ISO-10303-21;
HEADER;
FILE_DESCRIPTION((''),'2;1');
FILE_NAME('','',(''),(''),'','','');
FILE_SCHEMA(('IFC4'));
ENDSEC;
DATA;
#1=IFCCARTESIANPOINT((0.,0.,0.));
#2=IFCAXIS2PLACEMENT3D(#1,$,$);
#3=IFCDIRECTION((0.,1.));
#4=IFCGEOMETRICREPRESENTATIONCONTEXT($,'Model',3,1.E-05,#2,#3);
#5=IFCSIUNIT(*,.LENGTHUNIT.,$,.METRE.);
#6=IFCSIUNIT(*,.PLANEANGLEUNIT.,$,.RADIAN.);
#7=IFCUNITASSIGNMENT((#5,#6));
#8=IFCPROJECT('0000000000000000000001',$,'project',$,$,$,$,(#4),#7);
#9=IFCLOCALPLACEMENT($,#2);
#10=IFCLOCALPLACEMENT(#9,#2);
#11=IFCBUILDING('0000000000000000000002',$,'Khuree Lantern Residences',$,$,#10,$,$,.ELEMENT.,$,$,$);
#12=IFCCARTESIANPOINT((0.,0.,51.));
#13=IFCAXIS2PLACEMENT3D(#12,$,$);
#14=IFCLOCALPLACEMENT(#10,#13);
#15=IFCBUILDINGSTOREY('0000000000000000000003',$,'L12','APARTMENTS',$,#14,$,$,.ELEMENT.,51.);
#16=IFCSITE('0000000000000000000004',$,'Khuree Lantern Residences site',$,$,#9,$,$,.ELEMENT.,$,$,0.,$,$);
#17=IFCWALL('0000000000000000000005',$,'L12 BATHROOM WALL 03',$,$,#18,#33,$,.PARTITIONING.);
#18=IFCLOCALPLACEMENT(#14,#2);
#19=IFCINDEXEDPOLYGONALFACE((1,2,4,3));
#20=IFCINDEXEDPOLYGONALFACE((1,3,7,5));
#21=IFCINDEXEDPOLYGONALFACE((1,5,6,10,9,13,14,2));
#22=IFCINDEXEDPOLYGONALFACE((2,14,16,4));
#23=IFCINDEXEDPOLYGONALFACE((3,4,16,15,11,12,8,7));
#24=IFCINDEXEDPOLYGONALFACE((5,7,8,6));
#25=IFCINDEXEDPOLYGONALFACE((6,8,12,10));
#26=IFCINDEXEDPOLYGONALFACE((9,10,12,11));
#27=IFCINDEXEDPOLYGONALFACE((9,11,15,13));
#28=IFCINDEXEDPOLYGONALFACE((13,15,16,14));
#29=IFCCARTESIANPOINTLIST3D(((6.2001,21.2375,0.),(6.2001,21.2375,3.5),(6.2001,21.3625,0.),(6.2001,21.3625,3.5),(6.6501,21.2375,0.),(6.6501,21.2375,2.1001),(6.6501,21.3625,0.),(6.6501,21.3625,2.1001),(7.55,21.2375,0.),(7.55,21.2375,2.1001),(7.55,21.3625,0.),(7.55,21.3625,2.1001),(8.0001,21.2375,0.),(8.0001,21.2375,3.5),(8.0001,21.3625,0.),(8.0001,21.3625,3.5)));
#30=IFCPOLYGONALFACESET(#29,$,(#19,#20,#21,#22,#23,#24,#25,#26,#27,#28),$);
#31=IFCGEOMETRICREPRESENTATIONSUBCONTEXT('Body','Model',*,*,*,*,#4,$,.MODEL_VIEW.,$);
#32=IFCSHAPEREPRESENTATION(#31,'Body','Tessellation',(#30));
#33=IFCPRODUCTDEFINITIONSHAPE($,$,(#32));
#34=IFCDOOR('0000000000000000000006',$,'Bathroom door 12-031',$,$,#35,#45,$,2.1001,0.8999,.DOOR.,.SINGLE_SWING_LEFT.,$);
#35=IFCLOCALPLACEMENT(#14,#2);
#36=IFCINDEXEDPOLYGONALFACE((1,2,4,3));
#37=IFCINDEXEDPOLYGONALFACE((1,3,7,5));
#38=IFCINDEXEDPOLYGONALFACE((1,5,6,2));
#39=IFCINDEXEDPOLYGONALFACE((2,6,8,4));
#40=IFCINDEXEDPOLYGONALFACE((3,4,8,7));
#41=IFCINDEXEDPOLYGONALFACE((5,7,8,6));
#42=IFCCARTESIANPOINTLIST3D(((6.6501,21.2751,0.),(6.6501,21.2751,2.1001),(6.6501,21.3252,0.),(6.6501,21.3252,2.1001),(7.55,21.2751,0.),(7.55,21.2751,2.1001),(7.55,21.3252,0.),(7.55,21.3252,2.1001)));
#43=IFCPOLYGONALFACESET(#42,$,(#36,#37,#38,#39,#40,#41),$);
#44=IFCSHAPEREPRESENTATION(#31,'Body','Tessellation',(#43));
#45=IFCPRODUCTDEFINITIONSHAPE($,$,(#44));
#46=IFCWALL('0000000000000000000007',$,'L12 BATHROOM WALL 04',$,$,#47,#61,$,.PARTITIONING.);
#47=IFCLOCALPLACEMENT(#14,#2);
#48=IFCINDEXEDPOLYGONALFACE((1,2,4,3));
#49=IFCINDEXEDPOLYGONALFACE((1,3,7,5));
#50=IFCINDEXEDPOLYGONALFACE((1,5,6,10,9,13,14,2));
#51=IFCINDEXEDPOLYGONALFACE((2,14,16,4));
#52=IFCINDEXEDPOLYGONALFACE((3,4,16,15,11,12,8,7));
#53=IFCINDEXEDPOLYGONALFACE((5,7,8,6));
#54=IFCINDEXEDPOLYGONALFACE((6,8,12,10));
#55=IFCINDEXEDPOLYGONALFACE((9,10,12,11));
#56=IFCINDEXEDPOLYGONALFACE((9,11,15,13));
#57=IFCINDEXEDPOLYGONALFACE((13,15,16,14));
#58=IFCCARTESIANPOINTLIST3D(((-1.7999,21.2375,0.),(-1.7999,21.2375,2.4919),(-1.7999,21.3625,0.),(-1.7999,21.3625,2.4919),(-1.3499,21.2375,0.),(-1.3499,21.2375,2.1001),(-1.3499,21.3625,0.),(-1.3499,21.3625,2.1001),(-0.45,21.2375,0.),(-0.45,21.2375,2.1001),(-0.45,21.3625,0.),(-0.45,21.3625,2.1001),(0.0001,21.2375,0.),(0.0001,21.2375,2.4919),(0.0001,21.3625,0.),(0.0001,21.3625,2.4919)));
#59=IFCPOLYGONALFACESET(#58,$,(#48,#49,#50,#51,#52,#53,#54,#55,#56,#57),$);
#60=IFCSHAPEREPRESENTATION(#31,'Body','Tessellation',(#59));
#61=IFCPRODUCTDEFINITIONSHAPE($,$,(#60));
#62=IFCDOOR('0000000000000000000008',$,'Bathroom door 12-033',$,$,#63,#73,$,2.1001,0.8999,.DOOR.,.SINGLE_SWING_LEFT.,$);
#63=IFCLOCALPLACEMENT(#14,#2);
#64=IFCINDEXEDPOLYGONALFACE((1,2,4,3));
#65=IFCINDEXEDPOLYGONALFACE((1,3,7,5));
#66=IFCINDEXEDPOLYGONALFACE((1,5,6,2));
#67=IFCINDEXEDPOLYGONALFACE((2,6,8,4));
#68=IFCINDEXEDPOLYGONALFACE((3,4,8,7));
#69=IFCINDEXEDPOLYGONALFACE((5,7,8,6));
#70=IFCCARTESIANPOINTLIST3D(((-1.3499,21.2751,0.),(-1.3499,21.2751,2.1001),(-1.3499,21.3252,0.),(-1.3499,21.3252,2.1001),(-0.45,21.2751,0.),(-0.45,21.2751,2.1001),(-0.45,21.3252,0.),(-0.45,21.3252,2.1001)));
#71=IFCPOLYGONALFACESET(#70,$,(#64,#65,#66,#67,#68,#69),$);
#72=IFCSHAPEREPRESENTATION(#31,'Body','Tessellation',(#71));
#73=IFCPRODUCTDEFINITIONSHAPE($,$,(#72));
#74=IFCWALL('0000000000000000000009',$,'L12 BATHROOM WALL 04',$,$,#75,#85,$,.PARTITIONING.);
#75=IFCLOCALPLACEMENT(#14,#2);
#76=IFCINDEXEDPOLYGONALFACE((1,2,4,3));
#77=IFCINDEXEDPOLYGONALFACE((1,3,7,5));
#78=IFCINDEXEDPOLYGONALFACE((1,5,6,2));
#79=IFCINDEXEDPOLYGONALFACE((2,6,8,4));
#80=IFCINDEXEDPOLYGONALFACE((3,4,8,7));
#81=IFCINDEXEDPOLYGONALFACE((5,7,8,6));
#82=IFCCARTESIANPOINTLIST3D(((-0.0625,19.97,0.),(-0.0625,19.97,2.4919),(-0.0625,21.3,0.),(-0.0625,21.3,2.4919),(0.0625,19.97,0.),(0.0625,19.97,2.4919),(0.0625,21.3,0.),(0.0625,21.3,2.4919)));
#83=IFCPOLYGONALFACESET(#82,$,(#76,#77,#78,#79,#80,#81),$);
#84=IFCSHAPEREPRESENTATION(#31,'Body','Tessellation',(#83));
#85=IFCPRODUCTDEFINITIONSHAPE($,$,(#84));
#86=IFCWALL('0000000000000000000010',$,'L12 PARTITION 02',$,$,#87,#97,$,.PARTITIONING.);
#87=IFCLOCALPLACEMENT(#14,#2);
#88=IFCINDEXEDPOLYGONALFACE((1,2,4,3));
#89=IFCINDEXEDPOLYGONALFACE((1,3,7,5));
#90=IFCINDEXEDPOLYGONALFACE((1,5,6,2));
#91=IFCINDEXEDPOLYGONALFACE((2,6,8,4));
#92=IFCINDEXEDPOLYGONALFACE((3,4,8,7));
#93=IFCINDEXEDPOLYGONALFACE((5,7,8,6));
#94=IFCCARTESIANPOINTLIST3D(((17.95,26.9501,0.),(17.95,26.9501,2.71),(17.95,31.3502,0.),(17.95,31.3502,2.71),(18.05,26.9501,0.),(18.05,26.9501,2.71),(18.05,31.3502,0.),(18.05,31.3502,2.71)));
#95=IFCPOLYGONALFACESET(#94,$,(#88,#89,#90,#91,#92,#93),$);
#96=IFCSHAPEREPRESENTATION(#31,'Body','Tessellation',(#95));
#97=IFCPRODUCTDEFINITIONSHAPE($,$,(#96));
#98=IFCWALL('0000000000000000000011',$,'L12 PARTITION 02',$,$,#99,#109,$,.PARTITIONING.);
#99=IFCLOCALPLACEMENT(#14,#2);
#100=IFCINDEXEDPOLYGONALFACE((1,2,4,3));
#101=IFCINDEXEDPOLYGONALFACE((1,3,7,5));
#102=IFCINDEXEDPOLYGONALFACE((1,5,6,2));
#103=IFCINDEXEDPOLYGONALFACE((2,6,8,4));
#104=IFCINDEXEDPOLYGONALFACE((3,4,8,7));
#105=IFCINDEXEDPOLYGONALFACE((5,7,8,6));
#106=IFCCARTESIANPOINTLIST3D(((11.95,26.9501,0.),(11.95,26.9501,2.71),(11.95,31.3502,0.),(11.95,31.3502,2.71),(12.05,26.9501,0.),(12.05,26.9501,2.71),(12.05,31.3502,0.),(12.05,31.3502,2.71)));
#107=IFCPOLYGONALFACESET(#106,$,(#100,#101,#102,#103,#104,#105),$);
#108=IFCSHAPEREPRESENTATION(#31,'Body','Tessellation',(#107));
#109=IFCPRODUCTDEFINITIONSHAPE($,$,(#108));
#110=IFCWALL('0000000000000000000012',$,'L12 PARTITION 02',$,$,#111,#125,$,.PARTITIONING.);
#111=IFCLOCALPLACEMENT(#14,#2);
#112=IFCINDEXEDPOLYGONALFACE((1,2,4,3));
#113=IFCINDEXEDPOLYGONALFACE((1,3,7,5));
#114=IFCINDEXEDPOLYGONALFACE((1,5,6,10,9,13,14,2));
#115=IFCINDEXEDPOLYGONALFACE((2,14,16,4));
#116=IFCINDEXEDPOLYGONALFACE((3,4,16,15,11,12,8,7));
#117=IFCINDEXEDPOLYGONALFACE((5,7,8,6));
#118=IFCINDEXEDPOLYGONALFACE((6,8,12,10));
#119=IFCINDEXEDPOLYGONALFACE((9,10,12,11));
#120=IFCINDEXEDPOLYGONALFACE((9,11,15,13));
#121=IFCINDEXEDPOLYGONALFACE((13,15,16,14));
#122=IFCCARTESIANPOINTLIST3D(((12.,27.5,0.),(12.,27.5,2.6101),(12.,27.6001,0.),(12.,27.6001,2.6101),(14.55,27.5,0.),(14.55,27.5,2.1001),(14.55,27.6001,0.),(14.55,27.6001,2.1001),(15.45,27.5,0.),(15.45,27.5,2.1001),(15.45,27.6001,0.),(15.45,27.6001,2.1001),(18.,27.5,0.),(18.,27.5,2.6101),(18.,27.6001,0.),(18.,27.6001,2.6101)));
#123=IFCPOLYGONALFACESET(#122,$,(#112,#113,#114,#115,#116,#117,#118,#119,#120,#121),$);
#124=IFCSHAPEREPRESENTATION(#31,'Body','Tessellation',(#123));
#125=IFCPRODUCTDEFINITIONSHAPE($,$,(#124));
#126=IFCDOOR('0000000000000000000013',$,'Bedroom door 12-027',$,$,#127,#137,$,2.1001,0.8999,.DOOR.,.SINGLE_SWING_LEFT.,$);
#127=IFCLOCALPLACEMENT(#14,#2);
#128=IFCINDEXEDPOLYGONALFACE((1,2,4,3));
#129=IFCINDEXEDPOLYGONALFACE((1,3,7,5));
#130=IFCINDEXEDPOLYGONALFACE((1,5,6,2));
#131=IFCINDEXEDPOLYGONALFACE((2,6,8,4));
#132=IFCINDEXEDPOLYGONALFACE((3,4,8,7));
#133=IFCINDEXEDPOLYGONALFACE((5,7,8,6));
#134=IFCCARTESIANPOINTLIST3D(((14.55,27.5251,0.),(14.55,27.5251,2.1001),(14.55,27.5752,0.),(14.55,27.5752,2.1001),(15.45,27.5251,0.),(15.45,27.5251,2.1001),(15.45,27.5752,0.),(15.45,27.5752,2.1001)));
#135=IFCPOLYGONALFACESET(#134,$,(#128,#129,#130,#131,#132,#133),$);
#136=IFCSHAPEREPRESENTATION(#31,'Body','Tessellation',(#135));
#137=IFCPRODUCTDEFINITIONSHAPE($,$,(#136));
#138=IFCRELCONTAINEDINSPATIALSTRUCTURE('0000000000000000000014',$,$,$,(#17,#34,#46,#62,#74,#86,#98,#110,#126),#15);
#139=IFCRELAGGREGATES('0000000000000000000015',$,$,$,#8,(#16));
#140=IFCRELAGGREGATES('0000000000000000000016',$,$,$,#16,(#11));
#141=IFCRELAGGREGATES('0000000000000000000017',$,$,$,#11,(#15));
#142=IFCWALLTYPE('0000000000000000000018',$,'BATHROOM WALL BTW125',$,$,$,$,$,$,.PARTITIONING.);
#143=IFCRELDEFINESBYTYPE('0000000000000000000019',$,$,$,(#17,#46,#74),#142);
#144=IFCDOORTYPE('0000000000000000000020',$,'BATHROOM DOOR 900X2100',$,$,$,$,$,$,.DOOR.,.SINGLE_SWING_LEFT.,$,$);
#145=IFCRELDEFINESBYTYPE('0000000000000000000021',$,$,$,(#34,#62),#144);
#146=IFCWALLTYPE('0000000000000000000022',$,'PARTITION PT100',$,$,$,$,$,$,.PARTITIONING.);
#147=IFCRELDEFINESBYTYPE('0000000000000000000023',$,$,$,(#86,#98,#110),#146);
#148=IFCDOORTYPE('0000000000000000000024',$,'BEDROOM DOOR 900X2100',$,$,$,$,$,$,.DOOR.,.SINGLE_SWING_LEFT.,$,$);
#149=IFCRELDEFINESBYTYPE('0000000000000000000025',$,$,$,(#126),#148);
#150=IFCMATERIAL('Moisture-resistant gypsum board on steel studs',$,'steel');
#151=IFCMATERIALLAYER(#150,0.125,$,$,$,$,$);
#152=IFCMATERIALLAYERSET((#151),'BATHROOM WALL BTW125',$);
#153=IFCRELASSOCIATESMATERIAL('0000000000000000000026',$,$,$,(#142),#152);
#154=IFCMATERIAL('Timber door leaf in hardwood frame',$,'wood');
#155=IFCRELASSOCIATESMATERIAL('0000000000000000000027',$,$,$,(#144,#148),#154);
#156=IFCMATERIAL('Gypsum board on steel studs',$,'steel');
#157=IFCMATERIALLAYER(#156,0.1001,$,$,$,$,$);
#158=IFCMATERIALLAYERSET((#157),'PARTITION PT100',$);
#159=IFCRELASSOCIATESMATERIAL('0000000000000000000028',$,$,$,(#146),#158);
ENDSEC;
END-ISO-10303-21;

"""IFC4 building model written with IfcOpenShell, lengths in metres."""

from ifc_helpers import new_model, si_unit, direction, frame, frame_2d, origin, place, context, subcontext, project, spatial, rectangle, extrude, material, layer, layer_set, type_object, element, fill, save


model = new_model("IFC4")

# Units and contexts
model_context = context("Model", 3, precision=1e-05, world=origin(), true_north=direction((0.0, 1.0)))
body_context = subcontext(model_context, "Body", "Model", "MODEL_VIEW")
ifc_project = project(units=[si_unit("LENGTHUNIT", "METRE"), si_unit("PLANEANGLEUNIT", "RADIAN")], contexts=[model_context])

# Site, building, storey
site_placement = place(None, origin())
site = spatial("IfcSite", under=ifc_project, at=site_placement, Name="Khuree Lantern Residences site", CompositionType="ELEMENT", RefElevation=0.0)
building_placement = place(site_placement, origin())
building = spatial("IfcBuilding", under=site, at=building_placement, Name="Khuree Lantern Residences", CompositionType="ELEMENT")
storey_placement = place(building_placement, frame((0.0, 0.0, 51.0)))
storey = spatial("IfcBuildingStorey", under=building, at=storey_placement, Name="L12", Description="APARTMENTS", CompositionType="ELEMENT", Elevation=51.0)

# Walls, openings, doors
ifc_material_1 = material(Name="Moisture-resistant gypsum board on steel studs", Category="steel")
ifc_layer_1 = layer(ifc_material_1, 0.125)
ifc_layer_set_1 = layer_set([ifc_layer_1], Name="BATHROOM WALL BTW125")
wall_type_1 = type_object("IfcWallType", Name="BATHROOM WALL BTW125", PredefinedType="PARTITIONING", material=ifc_layer_set_1)
wall_1_placement = place(storey_placement, frame((8.0, 21.3, 0.0), z_axis=(0.0, 0.0, 1.0), x_axis=(-1.0, 0.0, 0.0)))
wall_1 = element("IfcWall", 1, at=wall_1_placement, inside=storey, type_object=wall_type_1, Name="L12 BATHROOM WALL 03", PredefinedType="PARTITIONING", context=body_context, shape_type="SweptSolid", body=[
    extrude(rectangle(XDim=1.8, YDim=0.125, at=frame_2d((0.8999, 0.0))), origin(), (0.0, 0.0, 1.0), 3.5),
])
opening_1_placement = place(wall_1_placement, frame((0.45, 0.0, 0.0)))
opening_1 = element("IfcOpeningElement", 2, at=opening_1_placement, cuts=wall_1, PredefinedType="OPENING", context=body_context, shape_type="SweptSolid", body=[
    extrude(rectangle(XDim=0.8999, YDim=2.1001, at=frame_2d((0.45, 1.05))), frame((0.0, 0.0725, 0.0), z_axis=(0.0, -1.0, 0.0), x_axis=(1.0, 0.0, 0.0)), (0.0, 0.0, 1.0), 0.145),
])
ifc_material_2 = material(Name="Timber door leaf in hardwood frame", Category="wood")
door_type_1 = type_object("IfcDoorType", Name="BATHROOM DOOR 900X2100", OperationType="SINGLE_SWING_LEFT", PredefinedType="DOOR", material=ifc_material_2)
door_1_placement = place(opening_1_placement, origin())
door_1 = element("IfcDoor", 3, at=door_1_placement, inside=storey, type_object=door_type_1, Name="Bathroom door 12-031", OperationType="SINGLE_SWING_LEFT", OverallHeight=2.1001, OverallWidth=0.8999, PredefinedType="DOOR", context=body_context, shape_type="SweptSolid", body=[
    extrude(rectangle(XDim=0.8999, YDim=2.1001, at=frame_2d((0.45, 1.05))), frame((0.0, 0.0249, 0.0), z_axis=(0.0, -1.0, 0.0), x_axis=(1.0, 0.0, 0.0)), (0.0, 0.0, 1.0), 0.05),
])
fill(opening_1, door_1)
wall_2_placement = place(storey_placement, frame((0.0, 21.3, 0.0), z_axis=(0.0, 0.0, 1.0), x_axis=(-1.0, 0.0, 0.0)))
wall_2 = element("IfcWall", 4, at=wall_2_placement, inside=storey, type_object=wall_type_1, Name="L12 BATHROOM WALL 04", PredefinedType="PARTITIONING", context=body_context, shape_type="SweptSolid", body=[
    extrude(rectangle(XDim=1.8, YDim=0.125, at=frame_2d((0.8999, 0.0))), origin(), (0.0, 0.0, 1.0), 2.4919),
])
opening_2_placement = place(wall_2_placement, frame((0.45, 0.0, 0.0)))
opening_2 = element("IfcOpeningElement", 5, at=opening_2_placement, cuts=wall_2, PredefinedType="OPENING", context=body_context, shape_type="SweptSolid", body=[
    extrude(rectangle(XDim=0.8999, YDim=2.1001, at=frame_2d((0.45, 1.05))), frame((0.0, 0.0725, 0.0), z_axis=(0.0, -1.0, 0.0), x_axis=(1.0, 0.0, 0.0)), (0.0, 0.0, 1.0), 0.145),
])
door_2_placement = place(opening_2_placement, origin())
door_2 = element("IfcDoor", 6, at=door_2_placement, inside=storey, type_object=door_type_1, Name="Bathroom door 12-033", OperationType="SINGLE_SWING_LEFT", OverallHeight=2.1001, OverallWidth=0.8999, PredefinedType="DOOR", context=body_context, shape_type="SweptSolid", body=[
    extrude(rectangle(XDim=0.8999, YDim=2.1001, at=frame_2d((0.45, 1.05))), frame((0.0, 0.0249, 0.0), z_axis=(0.0, -1.0, 0.0), x_axis=(1.0, 0.0, 0.0)), (0.0, 0.0, 1.0), 0.05),
])
fill(opening_2, door_2)

# Walls
wall_3_placement = place(storey_placement, frame((0.0, 19.97, 0.0), z_axis=(0.0, 0.0, 1.0), x_axis=(0.0, 1.0, 0.0)))
element("IfcWall", 7, at=wall_3_placement, inside=storey, type_object=wall_type_1, Name="L12 BATHROOM WALL 04", PredefinedType="PARTITIONING", context=body_context, shape_type="SweptSolid", body=[
    extrude(rectangle(XDim=1.3301, YDim=0.125, at=frame_2d((0.665, 0.0))), origin(), (0.0, 0.0, 1.0), 2.4919),
])
ifc_material_3 = material(Name="Gypsum board on steel studs", Category="steel")
ifc_layer_2 = layer(ifc_material_3, 0.1001)
ifc_layer_set_2 = layer_set([ifc_layer_2], Name="PARTITION PT100")
wall_type_2 = type_object("IfcWallType", Name="PARTITION PT100", PredefinedType="PARTITIONING", material=ifc_layer_set_2)
for number, where, z_axis, x_axis, name in (
    (8, (18.0, 26.95, 0.0), (0.0, 0.0, 1.0), (0.0, 1.0, 0.0), "L12 PARTITION 02"),
    (9, (12.0, 26.95, 0.0), (0.0, 0.0, 1.0), (0.0, 1.0, 0.0), "L12 PARTITION 02"),
):
    element("IfcWall", number, at=place(storey_placement, frame(where, z_axis=z_axis, x_axis=x_axis)), inside=storey, type_object=wall_type_2, Name=name, PredefinedType="PARTITIONING", context=body_context, shape_type="SweptSolid", body=[
        extrude(rectangle(XDim=4.4001, YDim=0.1001, at=frame_2d((2.2002, 0.0))), origin(), (0.0, 0.0, 1.0), 2.71),
    ])

# Wall, opening, door
wall_4_placement = place(storey_placement, frame((18.0, 27.55, 0.0), z_axis=(0.0, 0.0, 1.0), x_axis=(-1.0, 0.0, 0.0)))
wall_4 = element("IfcWall", 10, at=wall_4_placement, inside=storey, type_object=wall_type_2, Name="L12 PARTITION 02", PredefinedType="PARTITIONING", context=body_context, shape_type="SweptSolid", body=[
    extrude(rectangle(XDim=6.0, YDim=0.1001, at=frame_2d((3.0, 0.0))), origin(), (0.0, 0.0, 1.0), 2.6101),
])
opening_3_placement = place(wall_4_placement, frame((2.55, 0.0, 0.0)))
opening_3 = element("IfcOpeningElement", 11, at=opening_3_placement, cuts=wall_4, PredefinedType="OPENING", context=body_context, shape_type="SweptSolid", body=[
    extrude(rectangle(XDim=0.8999, YDim=2.1001, at=frame_2d((0.45, 1.05))), frame((0.0, 0.0601, 0.0), z_axis=(0.0, -1.0, 0.0), x_axis=(1.0, 0.0, 0.0)), (0.0, 0.0, 1.0), 0.1201),
])
door_type_2 = type_object("IfcDoorType", Name="BEDROOM DOOR 900X2100", OperationType="SINGLE_SWING_LEFT", PredefinedType="DOOR", material=ifc_material_2)
door_3_placement = place(opening_3_placement, origin())
door_3 = element("IfcDoor", 12, at=door_3_placement, inside=storey, type_object=door_type_2, Name="Bedroom door 12-027", OperationType="SINGLE_SWING_LEFT", OverallHeight=2.1001, OverallWidth=0.8999, PredefinedType="DOOR", context=body_context, shape_type="SweptSolid", body=[
    extrude(rectangle(XDim=0.8999, YDim=2.1001, at=frame_2d((0.45, 1.05))), frame((0.0, 0.0249, 0.0), z_axis=(0.0, -1.0, 0.0), x_axis=(1.0, 0.0, 0.0)), (0.0, 0.0, 1.0), 0.05),
])
fill(opening_3, door_3)

save(model, "model.ifc")
